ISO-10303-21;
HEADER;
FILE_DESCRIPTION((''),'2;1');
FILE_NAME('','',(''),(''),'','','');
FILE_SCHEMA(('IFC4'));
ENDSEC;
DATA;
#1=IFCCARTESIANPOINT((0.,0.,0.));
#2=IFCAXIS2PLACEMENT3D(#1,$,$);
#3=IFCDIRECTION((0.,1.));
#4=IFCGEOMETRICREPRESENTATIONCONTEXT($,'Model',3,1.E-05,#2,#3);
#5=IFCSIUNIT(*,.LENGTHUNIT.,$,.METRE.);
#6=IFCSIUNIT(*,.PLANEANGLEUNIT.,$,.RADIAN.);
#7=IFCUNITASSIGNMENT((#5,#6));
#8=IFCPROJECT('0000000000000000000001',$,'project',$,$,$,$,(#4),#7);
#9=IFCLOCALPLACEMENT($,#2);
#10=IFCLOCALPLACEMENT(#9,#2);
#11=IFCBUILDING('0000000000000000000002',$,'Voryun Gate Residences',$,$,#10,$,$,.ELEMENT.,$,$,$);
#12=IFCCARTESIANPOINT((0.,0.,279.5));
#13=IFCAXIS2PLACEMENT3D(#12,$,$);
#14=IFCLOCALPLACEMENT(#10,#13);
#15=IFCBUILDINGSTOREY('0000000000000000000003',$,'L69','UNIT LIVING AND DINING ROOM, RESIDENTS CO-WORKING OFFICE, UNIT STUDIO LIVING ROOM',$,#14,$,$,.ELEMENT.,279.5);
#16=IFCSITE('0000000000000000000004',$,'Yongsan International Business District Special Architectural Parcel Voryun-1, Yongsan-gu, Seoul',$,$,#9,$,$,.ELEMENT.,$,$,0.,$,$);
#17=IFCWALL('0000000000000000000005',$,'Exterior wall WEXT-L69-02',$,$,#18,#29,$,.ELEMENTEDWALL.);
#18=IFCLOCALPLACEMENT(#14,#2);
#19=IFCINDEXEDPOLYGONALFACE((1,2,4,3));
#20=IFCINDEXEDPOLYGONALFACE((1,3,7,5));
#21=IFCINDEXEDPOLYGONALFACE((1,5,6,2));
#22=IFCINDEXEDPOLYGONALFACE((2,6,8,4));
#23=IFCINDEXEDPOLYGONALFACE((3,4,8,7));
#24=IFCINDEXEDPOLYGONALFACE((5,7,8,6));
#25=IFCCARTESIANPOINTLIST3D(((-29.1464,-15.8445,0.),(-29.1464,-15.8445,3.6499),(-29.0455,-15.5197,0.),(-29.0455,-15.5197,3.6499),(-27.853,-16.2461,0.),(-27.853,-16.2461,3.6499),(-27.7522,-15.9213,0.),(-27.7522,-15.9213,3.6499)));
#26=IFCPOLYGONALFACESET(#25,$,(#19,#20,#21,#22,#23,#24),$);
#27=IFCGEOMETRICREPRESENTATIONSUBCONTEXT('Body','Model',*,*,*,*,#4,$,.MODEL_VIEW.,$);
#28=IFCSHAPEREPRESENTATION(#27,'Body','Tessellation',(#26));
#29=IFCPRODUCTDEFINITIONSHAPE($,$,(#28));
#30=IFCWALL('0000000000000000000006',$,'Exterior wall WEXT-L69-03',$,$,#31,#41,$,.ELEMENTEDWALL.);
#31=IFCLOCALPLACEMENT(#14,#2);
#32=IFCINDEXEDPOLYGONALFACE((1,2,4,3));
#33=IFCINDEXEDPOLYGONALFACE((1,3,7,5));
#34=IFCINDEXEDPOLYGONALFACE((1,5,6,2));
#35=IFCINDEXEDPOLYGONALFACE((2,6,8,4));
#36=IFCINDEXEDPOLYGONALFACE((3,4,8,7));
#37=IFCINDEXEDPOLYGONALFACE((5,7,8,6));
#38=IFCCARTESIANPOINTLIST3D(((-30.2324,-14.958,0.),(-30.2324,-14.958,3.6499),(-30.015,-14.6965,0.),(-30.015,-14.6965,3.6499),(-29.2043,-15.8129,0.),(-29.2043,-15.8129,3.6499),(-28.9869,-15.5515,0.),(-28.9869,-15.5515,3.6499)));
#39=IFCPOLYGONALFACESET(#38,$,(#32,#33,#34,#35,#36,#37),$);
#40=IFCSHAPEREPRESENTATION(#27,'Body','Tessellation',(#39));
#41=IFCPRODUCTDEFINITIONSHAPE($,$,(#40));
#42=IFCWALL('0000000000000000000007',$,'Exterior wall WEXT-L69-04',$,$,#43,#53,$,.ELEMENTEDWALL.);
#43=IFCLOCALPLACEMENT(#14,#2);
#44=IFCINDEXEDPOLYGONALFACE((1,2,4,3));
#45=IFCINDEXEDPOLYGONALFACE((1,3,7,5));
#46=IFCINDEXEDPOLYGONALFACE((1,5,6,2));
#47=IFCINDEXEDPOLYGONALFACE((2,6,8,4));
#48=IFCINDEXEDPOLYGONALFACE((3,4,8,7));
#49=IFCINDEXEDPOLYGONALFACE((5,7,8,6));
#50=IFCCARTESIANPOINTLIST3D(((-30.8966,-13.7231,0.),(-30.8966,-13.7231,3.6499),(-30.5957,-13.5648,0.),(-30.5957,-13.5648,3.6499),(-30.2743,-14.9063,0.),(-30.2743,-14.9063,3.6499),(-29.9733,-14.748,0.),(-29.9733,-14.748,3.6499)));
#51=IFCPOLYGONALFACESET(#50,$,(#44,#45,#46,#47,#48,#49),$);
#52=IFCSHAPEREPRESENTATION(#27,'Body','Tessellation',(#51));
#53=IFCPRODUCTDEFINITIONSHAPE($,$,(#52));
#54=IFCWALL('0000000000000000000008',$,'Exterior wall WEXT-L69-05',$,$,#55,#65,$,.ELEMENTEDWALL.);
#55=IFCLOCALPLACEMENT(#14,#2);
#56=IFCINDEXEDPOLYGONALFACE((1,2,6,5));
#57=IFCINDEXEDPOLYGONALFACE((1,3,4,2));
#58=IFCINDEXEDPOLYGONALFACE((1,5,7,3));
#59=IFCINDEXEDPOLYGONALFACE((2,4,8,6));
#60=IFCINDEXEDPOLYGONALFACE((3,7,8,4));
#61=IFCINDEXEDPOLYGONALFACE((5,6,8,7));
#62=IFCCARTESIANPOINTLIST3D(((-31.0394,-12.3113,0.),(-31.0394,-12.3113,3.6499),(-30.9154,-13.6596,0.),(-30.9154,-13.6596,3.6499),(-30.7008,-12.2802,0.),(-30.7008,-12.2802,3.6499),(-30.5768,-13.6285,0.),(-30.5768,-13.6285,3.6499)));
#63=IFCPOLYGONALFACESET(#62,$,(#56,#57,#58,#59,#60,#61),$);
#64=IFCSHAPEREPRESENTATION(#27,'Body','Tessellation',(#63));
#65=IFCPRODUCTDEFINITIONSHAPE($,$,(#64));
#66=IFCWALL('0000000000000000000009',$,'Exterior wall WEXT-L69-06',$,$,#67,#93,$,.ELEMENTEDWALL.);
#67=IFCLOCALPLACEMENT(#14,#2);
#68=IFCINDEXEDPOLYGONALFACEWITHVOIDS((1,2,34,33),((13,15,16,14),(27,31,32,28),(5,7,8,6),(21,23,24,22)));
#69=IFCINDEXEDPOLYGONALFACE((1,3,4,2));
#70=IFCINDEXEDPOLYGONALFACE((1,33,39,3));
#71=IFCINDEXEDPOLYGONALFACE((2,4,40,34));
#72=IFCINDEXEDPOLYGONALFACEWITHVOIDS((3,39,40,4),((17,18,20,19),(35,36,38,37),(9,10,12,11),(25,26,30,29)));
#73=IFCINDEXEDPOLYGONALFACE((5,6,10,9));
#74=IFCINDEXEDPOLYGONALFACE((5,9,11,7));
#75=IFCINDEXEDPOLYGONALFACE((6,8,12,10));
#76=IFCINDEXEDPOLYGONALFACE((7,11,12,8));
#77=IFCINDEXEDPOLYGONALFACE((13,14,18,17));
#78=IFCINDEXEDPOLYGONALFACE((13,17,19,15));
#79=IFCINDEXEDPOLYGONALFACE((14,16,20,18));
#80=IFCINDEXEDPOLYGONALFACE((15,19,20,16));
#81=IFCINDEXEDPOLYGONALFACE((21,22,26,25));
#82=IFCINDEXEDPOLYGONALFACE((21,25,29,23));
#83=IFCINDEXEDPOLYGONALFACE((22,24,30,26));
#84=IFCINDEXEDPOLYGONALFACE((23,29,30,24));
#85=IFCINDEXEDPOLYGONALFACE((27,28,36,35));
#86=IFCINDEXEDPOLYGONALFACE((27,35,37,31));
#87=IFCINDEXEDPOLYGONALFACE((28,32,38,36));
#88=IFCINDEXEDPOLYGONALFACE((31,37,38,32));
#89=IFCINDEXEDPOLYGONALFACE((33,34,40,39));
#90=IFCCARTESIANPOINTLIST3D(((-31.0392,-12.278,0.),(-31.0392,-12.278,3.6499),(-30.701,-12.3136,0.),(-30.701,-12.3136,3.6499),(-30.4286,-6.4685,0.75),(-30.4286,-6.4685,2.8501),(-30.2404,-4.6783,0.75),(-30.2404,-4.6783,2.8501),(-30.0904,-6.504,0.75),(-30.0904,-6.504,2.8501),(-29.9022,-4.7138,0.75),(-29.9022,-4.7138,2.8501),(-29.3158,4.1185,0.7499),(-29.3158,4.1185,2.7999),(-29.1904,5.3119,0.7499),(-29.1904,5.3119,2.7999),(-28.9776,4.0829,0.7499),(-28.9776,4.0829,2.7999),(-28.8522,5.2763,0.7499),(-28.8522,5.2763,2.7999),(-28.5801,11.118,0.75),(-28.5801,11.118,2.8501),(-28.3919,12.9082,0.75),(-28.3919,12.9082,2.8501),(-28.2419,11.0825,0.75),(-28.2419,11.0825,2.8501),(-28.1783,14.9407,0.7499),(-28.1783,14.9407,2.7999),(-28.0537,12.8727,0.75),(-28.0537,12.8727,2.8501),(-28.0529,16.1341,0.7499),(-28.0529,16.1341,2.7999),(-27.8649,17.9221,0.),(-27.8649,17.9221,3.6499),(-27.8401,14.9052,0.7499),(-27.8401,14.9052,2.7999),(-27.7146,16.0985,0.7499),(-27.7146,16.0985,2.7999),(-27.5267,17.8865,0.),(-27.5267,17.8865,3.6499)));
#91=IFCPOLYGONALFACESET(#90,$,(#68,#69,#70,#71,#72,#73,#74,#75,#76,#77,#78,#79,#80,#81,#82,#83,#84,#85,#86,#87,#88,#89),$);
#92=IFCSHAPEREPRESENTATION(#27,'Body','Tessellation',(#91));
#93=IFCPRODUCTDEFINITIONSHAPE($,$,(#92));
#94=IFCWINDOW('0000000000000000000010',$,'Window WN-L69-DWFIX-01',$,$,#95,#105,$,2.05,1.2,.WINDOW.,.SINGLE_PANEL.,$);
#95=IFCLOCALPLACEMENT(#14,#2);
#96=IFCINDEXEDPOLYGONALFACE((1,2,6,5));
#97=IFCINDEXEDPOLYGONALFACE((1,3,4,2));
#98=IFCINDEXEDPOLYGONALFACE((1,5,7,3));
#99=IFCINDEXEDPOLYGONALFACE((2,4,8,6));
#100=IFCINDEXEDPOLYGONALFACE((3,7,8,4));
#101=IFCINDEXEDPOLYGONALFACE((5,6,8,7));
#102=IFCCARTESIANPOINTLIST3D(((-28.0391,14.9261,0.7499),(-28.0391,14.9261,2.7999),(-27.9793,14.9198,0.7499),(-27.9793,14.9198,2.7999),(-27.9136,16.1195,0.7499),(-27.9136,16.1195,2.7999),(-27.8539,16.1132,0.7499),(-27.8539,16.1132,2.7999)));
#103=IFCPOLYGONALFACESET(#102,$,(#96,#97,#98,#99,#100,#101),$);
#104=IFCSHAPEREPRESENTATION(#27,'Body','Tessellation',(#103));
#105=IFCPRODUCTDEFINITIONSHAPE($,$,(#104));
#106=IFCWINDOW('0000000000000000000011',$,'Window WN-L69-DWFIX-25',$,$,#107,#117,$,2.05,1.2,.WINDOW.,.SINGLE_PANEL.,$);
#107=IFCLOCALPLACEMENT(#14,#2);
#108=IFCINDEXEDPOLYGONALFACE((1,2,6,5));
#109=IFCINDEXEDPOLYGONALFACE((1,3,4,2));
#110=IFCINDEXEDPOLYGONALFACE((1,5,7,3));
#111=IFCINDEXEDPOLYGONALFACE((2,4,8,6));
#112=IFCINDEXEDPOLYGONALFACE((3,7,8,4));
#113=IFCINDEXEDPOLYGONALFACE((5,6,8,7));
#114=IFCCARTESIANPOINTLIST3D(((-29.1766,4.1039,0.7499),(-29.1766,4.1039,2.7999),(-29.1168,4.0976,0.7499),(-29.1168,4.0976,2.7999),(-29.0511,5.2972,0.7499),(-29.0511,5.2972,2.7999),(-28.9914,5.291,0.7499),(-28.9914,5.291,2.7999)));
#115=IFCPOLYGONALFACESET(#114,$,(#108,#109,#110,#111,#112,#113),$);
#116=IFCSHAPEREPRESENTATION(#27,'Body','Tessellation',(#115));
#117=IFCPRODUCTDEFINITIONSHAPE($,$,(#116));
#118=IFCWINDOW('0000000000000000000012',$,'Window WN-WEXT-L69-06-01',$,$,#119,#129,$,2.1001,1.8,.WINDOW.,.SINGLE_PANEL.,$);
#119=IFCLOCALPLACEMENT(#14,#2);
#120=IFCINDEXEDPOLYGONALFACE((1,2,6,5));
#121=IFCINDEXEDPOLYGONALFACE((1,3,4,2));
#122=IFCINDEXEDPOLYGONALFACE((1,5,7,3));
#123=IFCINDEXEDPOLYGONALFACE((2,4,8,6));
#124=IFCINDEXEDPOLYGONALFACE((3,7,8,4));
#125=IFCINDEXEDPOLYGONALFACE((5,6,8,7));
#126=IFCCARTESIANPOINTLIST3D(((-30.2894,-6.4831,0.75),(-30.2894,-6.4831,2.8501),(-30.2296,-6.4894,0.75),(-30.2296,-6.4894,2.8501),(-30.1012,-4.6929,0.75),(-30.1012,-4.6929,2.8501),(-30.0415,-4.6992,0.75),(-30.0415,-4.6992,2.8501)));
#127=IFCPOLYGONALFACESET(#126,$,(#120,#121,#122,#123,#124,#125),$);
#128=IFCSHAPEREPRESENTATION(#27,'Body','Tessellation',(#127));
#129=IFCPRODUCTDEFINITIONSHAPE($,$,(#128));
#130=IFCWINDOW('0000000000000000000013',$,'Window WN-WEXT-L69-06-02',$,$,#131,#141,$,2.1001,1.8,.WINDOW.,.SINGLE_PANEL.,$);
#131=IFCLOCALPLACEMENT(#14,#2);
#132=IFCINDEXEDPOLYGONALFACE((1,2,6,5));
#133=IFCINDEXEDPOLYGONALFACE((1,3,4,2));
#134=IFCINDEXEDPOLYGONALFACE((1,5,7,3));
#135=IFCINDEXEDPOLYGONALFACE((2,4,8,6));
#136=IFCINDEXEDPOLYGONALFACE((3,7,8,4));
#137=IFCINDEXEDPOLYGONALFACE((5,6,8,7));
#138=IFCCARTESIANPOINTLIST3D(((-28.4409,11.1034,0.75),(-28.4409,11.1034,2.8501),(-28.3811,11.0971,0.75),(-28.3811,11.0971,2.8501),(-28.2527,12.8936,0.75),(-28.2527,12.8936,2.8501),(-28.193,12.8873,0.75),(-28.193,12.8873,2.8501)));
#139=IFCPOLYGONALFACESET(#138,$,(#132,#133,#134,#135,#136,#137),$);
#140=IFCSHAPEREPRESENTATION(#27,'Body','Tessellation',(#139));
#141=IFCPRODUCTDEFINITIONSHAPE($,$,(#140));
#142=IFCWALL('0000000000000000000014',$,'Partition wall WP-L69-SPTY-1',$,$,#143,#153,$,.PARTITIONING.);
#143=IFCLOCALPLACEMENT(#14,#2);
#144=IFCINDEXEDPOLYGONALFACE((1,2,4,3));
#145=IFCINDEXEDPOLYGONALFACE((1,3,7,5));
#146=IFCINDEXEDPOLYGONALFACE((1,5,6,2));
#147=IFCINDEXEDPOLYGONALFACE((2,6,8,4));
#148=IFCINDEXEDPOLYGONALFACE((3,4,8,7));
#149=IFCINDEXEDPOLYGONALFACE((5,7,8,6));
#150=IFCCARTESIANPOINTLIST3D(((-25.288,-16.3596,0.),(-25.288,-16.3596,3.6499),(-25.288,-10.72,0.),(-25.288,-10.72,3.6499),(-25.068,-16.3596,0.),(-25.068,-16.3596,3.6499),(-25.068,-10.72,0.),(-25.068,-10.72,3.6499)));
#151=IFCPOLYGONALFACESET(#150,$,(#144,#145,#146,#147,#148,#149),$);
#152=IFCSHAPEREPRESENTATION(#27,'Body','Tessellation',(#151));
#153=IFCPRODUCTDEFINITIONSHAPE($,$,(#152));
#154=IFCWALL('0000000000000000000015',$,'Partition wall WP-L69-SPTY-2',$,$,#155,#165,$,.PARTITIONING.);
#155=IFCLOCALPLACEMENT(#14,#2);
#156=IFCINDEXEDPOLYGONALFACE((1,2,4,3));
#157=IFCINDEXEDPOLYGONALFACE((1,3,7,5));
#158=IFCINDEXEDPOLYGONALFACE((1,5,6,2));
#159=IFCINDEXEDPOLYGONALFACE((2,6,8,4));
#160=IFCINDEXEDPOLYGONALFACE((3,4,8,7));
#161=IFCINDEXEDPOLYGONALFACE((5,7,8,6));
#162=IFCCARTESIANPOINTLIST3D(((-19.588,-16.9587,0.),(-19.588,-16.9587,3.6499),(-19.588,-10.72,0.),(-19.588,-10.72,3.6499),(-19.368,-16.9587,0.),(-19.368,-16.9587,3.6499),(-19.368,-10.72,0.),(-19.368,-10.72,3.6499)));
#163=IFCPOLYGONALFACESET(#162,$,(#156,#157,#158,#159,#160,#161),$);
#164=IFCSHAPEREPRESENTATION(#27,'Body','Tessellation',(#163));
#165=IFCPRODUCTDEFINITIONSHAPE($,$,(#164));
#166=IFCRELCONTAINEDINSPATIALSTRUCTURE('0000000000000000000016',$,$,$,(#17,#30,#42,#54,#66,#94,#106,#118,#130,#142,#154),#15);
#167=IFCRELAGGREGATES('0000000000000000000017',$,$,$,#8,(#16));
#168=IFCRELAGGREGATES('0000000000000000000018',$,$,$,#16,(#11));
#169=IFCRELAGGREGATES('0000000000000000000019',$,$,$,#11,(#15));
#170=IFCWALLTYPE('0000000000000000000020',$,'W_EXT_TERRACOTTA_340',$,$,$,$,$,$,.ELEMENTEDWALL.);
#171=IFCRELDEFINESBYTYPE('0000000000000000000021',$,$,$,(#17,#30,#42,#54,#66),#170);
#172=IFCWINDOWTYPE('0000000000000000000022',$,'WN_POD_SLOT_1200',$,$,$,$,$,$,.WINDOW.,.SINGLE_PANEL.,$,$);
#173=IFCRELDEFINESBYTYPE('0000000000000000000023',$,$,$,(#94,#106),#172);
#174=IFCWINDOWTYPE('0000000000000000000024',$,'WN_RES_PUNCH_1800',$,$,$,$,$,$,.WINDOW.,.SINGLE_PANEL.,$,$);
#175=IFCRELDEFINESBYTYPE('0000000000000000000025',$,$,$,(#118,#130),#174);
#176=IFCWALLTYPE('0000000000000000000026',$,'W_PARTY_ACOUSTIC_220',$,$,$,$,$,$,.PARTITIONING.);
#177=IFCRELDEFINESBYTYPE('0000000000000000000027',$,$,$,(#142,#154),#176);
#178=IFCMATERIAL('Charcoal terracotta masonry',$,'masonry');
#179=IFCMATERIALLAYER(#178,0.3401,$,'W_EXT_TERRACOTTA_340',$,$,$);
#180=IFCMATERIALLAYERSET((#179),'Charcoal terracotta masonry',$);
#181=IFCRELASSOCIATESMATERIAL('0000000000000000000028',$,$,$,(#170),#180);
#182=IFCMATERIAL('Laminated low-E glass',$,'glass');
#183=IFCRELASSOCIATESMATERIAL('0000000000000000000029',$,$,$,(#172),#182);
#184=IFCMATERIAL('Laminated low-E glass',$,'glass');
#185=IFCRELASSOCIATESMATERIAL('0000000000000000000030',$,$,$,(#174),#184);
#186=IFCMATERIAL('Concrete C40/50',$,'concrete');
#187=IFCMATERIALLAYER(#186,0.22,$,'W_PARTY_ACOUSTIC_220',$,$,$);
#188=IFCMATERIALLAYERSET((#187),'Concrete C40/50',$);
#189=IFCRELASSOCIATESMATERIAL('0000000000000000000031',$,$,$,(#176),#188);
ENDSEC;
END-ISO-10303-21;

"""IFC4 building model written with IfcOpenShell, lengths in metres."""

from ifc_helpers import new_model, si_unit, direction, frame, frame_2d, origin, place, context, subcontext, project, spatial, rectangle, extrude, material, layer, layer_set, type_object, element, fill, save


model = new_model("IFC4")

# Units and contexts
model_context = context("Model", 3, precision=1e-05, world=origin(), true_north=direction((0.0, 1.0)))
body_context = subcontext(model_context, "Body", "Model", "MODEL_VIEW")
ifc_project = project(units=[si_unit("LENGTHUNIT", "METRE"), si_unit("PLANEANGLEUNIT", "RADIAN")], contexts=[model_context])

# Site, building, storey
site_placement = place(None, origin())
site = spatial("IfcSite", under=ifc_project, at=site_placement, Name="Yongsan International Business District Special Architectural Parcel Voryun-1, Yongsan-gu, Seoul", CompositionType="ELEMENT", RefElevation=0.0)
building_placement = place(site_placement, origin())
building = spatial("IfcBuilding", under=site, at=building_placement, Name="Voryun Gate Residences", CompositionType="ELEMENT")
storey_placement = place(building_placement, frame((0.0, 0.0, 279.5)))
storey = spatial("IfcBuildingStorey", under=building, at=storey_placement, Name="L69", Description="UNIT LIVING AND DINING ROOM, RESIDENTS CO-WORKING OFFICE, UNIT STUDIO LIVING ROOM", CompositionType="ELEMENT", Elevation=279.5)

# Walls
ifc_material_1 = material(Name="Charcoal terracotta masonry", Category="masonry")
ifc_layer_1 = layer(ifc_material_1, 0.3401, Name="W_EXT_TERRACOTTA_340")
ifc_layer_set_1 = layer_set([ifc_layer_1], Name="Charcoal terracotta masonry")
wall_type_1 = type_object("IfcWallType", Name="W_EXT_TERRACOTTA_340", PredefinedType="ELEMENTEDWALL", material=ifc_layer_set_1)
wall_1_placement = place(storey_placement, frame((-27.8025, -16.0837, 0.0), z_axis=(0.0, 0.0, 1.0), x_axis=(-0.955008, 0.296581, 0.0)))
element("IfcWall", 1, at=wall_1_placement, inside=storey, type_object=wall_type_1, Name="Exterior wall WEXT-L69-02", PredefinedType="ELEMENTEDWALL", context=body_context, shape_type="SweptSolid", body=[
    extrude(rectangle(XDim=1.3542, YDim=0.3401, at=frame_2d((0.6772, 0.0))), origin(), (0.0, 0.0, 1.0), 3.6499),
])
wall_2_placement = place(storey_placement, frame((-29.0957, -15.6821, 0.0), z_axis=(0.0, 0.0, 1.0), x_axis=(-0.768864, 0.639412, 0.0)))
element("IfcWall", 2, at=wall_2_placement, inside=storey, type_object=wall_type_1, Name="Exterior wall WEXT-L69-03", PredefinedType="ELEMENTEDWALL", context=body_context, shape_type="SweptSolid", body=[
    extrude(rectangle(XDim=1.3372, YDim=0.3401, at=frame_2d((0.6685, 0.0))), origin(), (0.0, 0.0, 1.0), 3.6499),
])
wall_3_placement = place(storey_placement, frame((-30.1238, -14.8271, 0.0), z_axis=(0.0, 0.0, 1.0), x_axis=(-0.465528, 0.885033, 0.0)))
element("IfcWall", 3, at=wall_3_placement, inside=storey, type_object=wall_type_1, Name="Exterior wall WEXT-L69-04", PredefinedType="ELEMENTEDWALL", context=body_context, shape_type="SweptSolid", body=[
    extrude(rectangle(XDim=1.3369, YDim=0.3401, at=frame_2d((0.6685, 0.0))), origin(), (0.0, 0.0, 1.0), 3.6499),
])
wall_4_placement = place(storey_placement, frame((-30.7461, -13.644, 0.0), z_axis=(0.0, 0.0, 1.0), x_axis=(-0.091592, 0.995797, 0.0)))
element("IfcWall", 4, at=wall_4_placement, inside=storey, type_object=wall_type_1, Name="Exterior wall WEXT-L69-05", PredefinedType="ELEMENTEDWALL", context=body_context, shape_type="SweptSolid", body=[
    extrude(rectangle(XDim=1.354, YDim=0.3401, at=frame_2d((0.677, 0.0))), origin(), (0.0, 0.0, 1.0), 3.6499),
])

# Wall, openings, windows
wall_5_placement = place(storey_placement, frame((-30.8701, -12.2957, 0.0), z_axis=(0.0, 0.0, 1.0), x_axis=(0.104533, 0.994521, 0.0)))
wall_5 = element("IfcWall", 5, at=wall_5_placement, inside=storey, type_object=wall_type_1, Name="Exterior wall WEXT-L69-06", PredefinedType="ELEMENTEDWALL", context=body_context, shape_type="SweptSolid", body=[
    extrude(rectangle(XDim=30.3665, YDim=0.3401, at=frame_2d((15.1831, 0.0))), origin(), (0.0, 0.0, 1.0), 3.6499),
])
opening_1_placement = place(wall_5_placement, frame((5.8416, 0.0, 0.75)))
opening_1 = element("IfcOpeningElement", 6, at=opening_1_placement, cuts=wall_5, PredefinedType="OPENING", context=body_context, shape_type="SweptSolid", body=[
    extrude(rectangle(XDim=1.8, YDim=2.1001, at=frame_2d((0.8999, 1.05))), frame((0.0, 0.1799, 0.0), z_axis=(0.0, -1.0, 0.0), x_axis=(1.0, 0.0, 0.0)), (0.0, 0.0, 1.0), 0.3601),
])
opening_2_placement = place(wall_5_placement, frame((23.5249, 0.0, 0.75)))
opening_2 = element("IfcOpeningElement", 7, at=opening_2_placement, cuts=wall_5, PredefinedType="OPENING", context=body_context, shape_type="SweptSolid", body=[
    extrude(rectangle(XDim=1.8, YDim=2.1001, at=frame_2d((0.8999, 1.05))), frame((0.0, 0.1799, 0.0), z_axis=(0.0, -1.0, 0.0), x_axis=(1.0, 0.0, 0.0)), (0.0, 0.0, 1.0), 0.3601),
])
opening_3_placement = place(wall_5_placement, frame((27.3684, 0.0, 0.75)))
opening_3 = element("IfcOpeningElement", 8, at=opening_3_placement, cuts=wall_5, PredefinedType="OPENING", context=body_context, shape_type="SweptSolid", body=[
    extrude(rectangle(XDim=1.2, YDim=2.05, at=frame_2d((0.6001, 1.0249))), frame((0.0, 0.1799, 0.0), z_axis=(0.0, -1.0, 0.0), x_axis=(1.0, 0.0, 0.0)), (0.0, 0.0, 1.0), 0.3601),
])
opening_4_placement = place(wall_5_placement, frame((16.4866, 0.0, 0.75)))
opening_4 = element("IfcOpeningElement", 9, at=opening_4_placement, cuts=wall_5, PredefinedType="OPENING", context=body_context, shape_type="SweptSolid", body=[
    extrude(rectangle(XDim=1.2, YDim=2.05, at=frame_2d((0.6001, 1.0249))), frame((0.0, 0.1799, 0.0), z_axis=(0.0, -1.0, 0.0), x_axis=(1.0, 0.0, 0.0)), (0.0, 0.0, 1.0), 0.3601),
])
ifc_material_2 = material(Name="Laminated low-E glass", Category="glass")
window_type_1 = type_object("IfcWindowType", Name="WN_POD_SLOT_1200", PartitioningType="SINGLE_PANEL", PredefinedType="WINDOW", material=ifc_material_2)
window_1_placement = place(opening_3_placement, origin())
window_1 = element("IfcWindow", 10, at=window_1_placement, inside=storey, type_object=window_type_1, Name="Window WN-L69-DWFIX-01", OverallHeight=2.05, OverallWidth=1.2, PartitioningType="SINGLE_PANEL", PredefinedType="WINDOW", context=body_context, shape_type="SweptSolid", body=[
    extrude(rectangle(XDim=1.2, YDim=2.05, at=frame_2d((0.6001, 1.0249))), frame((0.0, 0.03, 0.0), z_axis=(0.0, -1.0, 0.0), x_axis=(1.0, 0.0, 0.0)), (0.0, 0.0, 1.0), 0.0601),
])
fill(opening_3, window_1)
window_2_placement = place(opening_4_placement, origin())
window_2 = element("IfcWindow", 11, at=window_2_placement, inside=storey, type_object=window_type_1, Name="Window WN-L69-DWFIX-25", OverallHeight=2.05, OverallWidth=1.2, PartitioningType="SINGLE_PANEL", PredefinedType="WINDOW", context=body_context, shape_type="SweptSolid", body=[
    extrude(rectangle(XDim=1.2, YDim=2.05, at=frame_2d((0.6001, 1.0249))), frame((0.0, 0.03, 0.0), z_axis=(0.0, -1.0, 0.0), x_axis=(1.0, 0.0, 0.0)), (0.0, 0.0, 1.0), 0.0601),
])
fill(opening_4, window_2)
ifc_material_3 = material(Name="Laminated low-E glass", Category="glass")
window_type_2 = type_object("IfcWindowType", Name="WN_RES_PUNCH_1800", PartitioningType="SINGLE_PANEL", PredefinedType="WINDOW", material=ifc_material_3)
window_3_placement = place(opening_1_placement, origin())
window_3 = element("IfcWindow", 12, at=window_3_placement, inside=storey, type_object=window_type_2, Name="Window WN-WEXT-L69-06-01", OverallHeight=2.1001, OverallWidth=1.8, PartitioningType="SINGLE_PANEL", PredefinedType="WINDOW", context=body_context, shape_type="SweptSolid", body=[
    extrude(rectangle(XDim=1.8, YDim=2.1001, at=frame_2d((0.8999, 1.05))), frame((0.0, 0.03, 0.0), z_axis=(0.0, -1.0, 0.0), x_axis=(1.0, 0.0, 0.0)), (0.0, 0.0, 1.0), 0.0601),
])
fill(opening_1, window_3)
window_4_placement = place(opening_2_placement, origin())
window_4 = element("IfcWindow", 13, at=window_4_placement, inside=storey, type_object=window_type_2, Name="Window WN-WEXT-L69-06-02", OverallHeight=2.1001, OverallWidth=1.8, PartitioningType="SINGLE_PANEL", PredefinedType="WINDOW", context=body_context, shape_type="SweptSolid", body=[
    extrude(rectangle(XDim=1.8, YDim=2.1001, at=frame_2d((0.8999, 1.05))), frame((0.0, 0.03, 0.0), z_axis=(0.0, -1.0, 0.0), x_axis=(1.0, 0.0, 0.0)), (0.0, 0.0, 1.0), 0.0601),
])
fill(opening_2, window_4)

# Walls
ifc_material_4 = material(Name="Concrete C40/50", Category="concrete")
ifc_layer_2 = layer(ifc_material_4, 0.22, Name="W_PARTY_ACOUSTIC_220")
ifc_layer_set_2 = layer_set([ifc_layer_2], Name="Concrete C40/50")
wall_type_2 = type_object("IfcWallType", Name="W_PARTY_ACOUSTIC_220", PredefinedType="PARTITIONING", material=ifc_layer_set_2)
wall_6_placement = place(storey_placement, frame((-25.178, -16.3596, 0.0), z_axis=(0.0, 0.0, 1.0), x_axis=(0.0, 1.0, 0.0)))
element("IfcWall", 14, at=wall_6_placement, inside=storey, type_object=wall_type_2, Name="Partition wall WP-L69-SPTY-1", PredefinedType="PARTITIONING", context=body_context, shape_type="SweptSolid", body=[
    extrude(rectangle(XDim=5.6396, YDim=0.22, at=frame_2d((2.8198, 0.0))), origin(), (0.0, 0.0, 1.0), 3.6499),
])
wall_7_placement = place(storey_placement, frame((-19.478, -16.9587, 0.0), z_axis=(0.0, 0.0, 1.0), x_axis=(0.0, 1.0, 0.0)))
element("IfcWall", 15, at=wall_7_placement, inside=storey, type_object=wall_type_2, Name="Partition wall WP-L69-SPTY-2", PredefinedType="PARTITIONING", context=body_context, shape_type="SweptSolid", body=[
    extrude(rectangle(XDim=6.2388, YDim=0.22, at=frame_2d((3.1194, 0.0))), origin(), (0.0, 0.0, 1.0), 3.6499),
])

save(model, "model.ifc")
